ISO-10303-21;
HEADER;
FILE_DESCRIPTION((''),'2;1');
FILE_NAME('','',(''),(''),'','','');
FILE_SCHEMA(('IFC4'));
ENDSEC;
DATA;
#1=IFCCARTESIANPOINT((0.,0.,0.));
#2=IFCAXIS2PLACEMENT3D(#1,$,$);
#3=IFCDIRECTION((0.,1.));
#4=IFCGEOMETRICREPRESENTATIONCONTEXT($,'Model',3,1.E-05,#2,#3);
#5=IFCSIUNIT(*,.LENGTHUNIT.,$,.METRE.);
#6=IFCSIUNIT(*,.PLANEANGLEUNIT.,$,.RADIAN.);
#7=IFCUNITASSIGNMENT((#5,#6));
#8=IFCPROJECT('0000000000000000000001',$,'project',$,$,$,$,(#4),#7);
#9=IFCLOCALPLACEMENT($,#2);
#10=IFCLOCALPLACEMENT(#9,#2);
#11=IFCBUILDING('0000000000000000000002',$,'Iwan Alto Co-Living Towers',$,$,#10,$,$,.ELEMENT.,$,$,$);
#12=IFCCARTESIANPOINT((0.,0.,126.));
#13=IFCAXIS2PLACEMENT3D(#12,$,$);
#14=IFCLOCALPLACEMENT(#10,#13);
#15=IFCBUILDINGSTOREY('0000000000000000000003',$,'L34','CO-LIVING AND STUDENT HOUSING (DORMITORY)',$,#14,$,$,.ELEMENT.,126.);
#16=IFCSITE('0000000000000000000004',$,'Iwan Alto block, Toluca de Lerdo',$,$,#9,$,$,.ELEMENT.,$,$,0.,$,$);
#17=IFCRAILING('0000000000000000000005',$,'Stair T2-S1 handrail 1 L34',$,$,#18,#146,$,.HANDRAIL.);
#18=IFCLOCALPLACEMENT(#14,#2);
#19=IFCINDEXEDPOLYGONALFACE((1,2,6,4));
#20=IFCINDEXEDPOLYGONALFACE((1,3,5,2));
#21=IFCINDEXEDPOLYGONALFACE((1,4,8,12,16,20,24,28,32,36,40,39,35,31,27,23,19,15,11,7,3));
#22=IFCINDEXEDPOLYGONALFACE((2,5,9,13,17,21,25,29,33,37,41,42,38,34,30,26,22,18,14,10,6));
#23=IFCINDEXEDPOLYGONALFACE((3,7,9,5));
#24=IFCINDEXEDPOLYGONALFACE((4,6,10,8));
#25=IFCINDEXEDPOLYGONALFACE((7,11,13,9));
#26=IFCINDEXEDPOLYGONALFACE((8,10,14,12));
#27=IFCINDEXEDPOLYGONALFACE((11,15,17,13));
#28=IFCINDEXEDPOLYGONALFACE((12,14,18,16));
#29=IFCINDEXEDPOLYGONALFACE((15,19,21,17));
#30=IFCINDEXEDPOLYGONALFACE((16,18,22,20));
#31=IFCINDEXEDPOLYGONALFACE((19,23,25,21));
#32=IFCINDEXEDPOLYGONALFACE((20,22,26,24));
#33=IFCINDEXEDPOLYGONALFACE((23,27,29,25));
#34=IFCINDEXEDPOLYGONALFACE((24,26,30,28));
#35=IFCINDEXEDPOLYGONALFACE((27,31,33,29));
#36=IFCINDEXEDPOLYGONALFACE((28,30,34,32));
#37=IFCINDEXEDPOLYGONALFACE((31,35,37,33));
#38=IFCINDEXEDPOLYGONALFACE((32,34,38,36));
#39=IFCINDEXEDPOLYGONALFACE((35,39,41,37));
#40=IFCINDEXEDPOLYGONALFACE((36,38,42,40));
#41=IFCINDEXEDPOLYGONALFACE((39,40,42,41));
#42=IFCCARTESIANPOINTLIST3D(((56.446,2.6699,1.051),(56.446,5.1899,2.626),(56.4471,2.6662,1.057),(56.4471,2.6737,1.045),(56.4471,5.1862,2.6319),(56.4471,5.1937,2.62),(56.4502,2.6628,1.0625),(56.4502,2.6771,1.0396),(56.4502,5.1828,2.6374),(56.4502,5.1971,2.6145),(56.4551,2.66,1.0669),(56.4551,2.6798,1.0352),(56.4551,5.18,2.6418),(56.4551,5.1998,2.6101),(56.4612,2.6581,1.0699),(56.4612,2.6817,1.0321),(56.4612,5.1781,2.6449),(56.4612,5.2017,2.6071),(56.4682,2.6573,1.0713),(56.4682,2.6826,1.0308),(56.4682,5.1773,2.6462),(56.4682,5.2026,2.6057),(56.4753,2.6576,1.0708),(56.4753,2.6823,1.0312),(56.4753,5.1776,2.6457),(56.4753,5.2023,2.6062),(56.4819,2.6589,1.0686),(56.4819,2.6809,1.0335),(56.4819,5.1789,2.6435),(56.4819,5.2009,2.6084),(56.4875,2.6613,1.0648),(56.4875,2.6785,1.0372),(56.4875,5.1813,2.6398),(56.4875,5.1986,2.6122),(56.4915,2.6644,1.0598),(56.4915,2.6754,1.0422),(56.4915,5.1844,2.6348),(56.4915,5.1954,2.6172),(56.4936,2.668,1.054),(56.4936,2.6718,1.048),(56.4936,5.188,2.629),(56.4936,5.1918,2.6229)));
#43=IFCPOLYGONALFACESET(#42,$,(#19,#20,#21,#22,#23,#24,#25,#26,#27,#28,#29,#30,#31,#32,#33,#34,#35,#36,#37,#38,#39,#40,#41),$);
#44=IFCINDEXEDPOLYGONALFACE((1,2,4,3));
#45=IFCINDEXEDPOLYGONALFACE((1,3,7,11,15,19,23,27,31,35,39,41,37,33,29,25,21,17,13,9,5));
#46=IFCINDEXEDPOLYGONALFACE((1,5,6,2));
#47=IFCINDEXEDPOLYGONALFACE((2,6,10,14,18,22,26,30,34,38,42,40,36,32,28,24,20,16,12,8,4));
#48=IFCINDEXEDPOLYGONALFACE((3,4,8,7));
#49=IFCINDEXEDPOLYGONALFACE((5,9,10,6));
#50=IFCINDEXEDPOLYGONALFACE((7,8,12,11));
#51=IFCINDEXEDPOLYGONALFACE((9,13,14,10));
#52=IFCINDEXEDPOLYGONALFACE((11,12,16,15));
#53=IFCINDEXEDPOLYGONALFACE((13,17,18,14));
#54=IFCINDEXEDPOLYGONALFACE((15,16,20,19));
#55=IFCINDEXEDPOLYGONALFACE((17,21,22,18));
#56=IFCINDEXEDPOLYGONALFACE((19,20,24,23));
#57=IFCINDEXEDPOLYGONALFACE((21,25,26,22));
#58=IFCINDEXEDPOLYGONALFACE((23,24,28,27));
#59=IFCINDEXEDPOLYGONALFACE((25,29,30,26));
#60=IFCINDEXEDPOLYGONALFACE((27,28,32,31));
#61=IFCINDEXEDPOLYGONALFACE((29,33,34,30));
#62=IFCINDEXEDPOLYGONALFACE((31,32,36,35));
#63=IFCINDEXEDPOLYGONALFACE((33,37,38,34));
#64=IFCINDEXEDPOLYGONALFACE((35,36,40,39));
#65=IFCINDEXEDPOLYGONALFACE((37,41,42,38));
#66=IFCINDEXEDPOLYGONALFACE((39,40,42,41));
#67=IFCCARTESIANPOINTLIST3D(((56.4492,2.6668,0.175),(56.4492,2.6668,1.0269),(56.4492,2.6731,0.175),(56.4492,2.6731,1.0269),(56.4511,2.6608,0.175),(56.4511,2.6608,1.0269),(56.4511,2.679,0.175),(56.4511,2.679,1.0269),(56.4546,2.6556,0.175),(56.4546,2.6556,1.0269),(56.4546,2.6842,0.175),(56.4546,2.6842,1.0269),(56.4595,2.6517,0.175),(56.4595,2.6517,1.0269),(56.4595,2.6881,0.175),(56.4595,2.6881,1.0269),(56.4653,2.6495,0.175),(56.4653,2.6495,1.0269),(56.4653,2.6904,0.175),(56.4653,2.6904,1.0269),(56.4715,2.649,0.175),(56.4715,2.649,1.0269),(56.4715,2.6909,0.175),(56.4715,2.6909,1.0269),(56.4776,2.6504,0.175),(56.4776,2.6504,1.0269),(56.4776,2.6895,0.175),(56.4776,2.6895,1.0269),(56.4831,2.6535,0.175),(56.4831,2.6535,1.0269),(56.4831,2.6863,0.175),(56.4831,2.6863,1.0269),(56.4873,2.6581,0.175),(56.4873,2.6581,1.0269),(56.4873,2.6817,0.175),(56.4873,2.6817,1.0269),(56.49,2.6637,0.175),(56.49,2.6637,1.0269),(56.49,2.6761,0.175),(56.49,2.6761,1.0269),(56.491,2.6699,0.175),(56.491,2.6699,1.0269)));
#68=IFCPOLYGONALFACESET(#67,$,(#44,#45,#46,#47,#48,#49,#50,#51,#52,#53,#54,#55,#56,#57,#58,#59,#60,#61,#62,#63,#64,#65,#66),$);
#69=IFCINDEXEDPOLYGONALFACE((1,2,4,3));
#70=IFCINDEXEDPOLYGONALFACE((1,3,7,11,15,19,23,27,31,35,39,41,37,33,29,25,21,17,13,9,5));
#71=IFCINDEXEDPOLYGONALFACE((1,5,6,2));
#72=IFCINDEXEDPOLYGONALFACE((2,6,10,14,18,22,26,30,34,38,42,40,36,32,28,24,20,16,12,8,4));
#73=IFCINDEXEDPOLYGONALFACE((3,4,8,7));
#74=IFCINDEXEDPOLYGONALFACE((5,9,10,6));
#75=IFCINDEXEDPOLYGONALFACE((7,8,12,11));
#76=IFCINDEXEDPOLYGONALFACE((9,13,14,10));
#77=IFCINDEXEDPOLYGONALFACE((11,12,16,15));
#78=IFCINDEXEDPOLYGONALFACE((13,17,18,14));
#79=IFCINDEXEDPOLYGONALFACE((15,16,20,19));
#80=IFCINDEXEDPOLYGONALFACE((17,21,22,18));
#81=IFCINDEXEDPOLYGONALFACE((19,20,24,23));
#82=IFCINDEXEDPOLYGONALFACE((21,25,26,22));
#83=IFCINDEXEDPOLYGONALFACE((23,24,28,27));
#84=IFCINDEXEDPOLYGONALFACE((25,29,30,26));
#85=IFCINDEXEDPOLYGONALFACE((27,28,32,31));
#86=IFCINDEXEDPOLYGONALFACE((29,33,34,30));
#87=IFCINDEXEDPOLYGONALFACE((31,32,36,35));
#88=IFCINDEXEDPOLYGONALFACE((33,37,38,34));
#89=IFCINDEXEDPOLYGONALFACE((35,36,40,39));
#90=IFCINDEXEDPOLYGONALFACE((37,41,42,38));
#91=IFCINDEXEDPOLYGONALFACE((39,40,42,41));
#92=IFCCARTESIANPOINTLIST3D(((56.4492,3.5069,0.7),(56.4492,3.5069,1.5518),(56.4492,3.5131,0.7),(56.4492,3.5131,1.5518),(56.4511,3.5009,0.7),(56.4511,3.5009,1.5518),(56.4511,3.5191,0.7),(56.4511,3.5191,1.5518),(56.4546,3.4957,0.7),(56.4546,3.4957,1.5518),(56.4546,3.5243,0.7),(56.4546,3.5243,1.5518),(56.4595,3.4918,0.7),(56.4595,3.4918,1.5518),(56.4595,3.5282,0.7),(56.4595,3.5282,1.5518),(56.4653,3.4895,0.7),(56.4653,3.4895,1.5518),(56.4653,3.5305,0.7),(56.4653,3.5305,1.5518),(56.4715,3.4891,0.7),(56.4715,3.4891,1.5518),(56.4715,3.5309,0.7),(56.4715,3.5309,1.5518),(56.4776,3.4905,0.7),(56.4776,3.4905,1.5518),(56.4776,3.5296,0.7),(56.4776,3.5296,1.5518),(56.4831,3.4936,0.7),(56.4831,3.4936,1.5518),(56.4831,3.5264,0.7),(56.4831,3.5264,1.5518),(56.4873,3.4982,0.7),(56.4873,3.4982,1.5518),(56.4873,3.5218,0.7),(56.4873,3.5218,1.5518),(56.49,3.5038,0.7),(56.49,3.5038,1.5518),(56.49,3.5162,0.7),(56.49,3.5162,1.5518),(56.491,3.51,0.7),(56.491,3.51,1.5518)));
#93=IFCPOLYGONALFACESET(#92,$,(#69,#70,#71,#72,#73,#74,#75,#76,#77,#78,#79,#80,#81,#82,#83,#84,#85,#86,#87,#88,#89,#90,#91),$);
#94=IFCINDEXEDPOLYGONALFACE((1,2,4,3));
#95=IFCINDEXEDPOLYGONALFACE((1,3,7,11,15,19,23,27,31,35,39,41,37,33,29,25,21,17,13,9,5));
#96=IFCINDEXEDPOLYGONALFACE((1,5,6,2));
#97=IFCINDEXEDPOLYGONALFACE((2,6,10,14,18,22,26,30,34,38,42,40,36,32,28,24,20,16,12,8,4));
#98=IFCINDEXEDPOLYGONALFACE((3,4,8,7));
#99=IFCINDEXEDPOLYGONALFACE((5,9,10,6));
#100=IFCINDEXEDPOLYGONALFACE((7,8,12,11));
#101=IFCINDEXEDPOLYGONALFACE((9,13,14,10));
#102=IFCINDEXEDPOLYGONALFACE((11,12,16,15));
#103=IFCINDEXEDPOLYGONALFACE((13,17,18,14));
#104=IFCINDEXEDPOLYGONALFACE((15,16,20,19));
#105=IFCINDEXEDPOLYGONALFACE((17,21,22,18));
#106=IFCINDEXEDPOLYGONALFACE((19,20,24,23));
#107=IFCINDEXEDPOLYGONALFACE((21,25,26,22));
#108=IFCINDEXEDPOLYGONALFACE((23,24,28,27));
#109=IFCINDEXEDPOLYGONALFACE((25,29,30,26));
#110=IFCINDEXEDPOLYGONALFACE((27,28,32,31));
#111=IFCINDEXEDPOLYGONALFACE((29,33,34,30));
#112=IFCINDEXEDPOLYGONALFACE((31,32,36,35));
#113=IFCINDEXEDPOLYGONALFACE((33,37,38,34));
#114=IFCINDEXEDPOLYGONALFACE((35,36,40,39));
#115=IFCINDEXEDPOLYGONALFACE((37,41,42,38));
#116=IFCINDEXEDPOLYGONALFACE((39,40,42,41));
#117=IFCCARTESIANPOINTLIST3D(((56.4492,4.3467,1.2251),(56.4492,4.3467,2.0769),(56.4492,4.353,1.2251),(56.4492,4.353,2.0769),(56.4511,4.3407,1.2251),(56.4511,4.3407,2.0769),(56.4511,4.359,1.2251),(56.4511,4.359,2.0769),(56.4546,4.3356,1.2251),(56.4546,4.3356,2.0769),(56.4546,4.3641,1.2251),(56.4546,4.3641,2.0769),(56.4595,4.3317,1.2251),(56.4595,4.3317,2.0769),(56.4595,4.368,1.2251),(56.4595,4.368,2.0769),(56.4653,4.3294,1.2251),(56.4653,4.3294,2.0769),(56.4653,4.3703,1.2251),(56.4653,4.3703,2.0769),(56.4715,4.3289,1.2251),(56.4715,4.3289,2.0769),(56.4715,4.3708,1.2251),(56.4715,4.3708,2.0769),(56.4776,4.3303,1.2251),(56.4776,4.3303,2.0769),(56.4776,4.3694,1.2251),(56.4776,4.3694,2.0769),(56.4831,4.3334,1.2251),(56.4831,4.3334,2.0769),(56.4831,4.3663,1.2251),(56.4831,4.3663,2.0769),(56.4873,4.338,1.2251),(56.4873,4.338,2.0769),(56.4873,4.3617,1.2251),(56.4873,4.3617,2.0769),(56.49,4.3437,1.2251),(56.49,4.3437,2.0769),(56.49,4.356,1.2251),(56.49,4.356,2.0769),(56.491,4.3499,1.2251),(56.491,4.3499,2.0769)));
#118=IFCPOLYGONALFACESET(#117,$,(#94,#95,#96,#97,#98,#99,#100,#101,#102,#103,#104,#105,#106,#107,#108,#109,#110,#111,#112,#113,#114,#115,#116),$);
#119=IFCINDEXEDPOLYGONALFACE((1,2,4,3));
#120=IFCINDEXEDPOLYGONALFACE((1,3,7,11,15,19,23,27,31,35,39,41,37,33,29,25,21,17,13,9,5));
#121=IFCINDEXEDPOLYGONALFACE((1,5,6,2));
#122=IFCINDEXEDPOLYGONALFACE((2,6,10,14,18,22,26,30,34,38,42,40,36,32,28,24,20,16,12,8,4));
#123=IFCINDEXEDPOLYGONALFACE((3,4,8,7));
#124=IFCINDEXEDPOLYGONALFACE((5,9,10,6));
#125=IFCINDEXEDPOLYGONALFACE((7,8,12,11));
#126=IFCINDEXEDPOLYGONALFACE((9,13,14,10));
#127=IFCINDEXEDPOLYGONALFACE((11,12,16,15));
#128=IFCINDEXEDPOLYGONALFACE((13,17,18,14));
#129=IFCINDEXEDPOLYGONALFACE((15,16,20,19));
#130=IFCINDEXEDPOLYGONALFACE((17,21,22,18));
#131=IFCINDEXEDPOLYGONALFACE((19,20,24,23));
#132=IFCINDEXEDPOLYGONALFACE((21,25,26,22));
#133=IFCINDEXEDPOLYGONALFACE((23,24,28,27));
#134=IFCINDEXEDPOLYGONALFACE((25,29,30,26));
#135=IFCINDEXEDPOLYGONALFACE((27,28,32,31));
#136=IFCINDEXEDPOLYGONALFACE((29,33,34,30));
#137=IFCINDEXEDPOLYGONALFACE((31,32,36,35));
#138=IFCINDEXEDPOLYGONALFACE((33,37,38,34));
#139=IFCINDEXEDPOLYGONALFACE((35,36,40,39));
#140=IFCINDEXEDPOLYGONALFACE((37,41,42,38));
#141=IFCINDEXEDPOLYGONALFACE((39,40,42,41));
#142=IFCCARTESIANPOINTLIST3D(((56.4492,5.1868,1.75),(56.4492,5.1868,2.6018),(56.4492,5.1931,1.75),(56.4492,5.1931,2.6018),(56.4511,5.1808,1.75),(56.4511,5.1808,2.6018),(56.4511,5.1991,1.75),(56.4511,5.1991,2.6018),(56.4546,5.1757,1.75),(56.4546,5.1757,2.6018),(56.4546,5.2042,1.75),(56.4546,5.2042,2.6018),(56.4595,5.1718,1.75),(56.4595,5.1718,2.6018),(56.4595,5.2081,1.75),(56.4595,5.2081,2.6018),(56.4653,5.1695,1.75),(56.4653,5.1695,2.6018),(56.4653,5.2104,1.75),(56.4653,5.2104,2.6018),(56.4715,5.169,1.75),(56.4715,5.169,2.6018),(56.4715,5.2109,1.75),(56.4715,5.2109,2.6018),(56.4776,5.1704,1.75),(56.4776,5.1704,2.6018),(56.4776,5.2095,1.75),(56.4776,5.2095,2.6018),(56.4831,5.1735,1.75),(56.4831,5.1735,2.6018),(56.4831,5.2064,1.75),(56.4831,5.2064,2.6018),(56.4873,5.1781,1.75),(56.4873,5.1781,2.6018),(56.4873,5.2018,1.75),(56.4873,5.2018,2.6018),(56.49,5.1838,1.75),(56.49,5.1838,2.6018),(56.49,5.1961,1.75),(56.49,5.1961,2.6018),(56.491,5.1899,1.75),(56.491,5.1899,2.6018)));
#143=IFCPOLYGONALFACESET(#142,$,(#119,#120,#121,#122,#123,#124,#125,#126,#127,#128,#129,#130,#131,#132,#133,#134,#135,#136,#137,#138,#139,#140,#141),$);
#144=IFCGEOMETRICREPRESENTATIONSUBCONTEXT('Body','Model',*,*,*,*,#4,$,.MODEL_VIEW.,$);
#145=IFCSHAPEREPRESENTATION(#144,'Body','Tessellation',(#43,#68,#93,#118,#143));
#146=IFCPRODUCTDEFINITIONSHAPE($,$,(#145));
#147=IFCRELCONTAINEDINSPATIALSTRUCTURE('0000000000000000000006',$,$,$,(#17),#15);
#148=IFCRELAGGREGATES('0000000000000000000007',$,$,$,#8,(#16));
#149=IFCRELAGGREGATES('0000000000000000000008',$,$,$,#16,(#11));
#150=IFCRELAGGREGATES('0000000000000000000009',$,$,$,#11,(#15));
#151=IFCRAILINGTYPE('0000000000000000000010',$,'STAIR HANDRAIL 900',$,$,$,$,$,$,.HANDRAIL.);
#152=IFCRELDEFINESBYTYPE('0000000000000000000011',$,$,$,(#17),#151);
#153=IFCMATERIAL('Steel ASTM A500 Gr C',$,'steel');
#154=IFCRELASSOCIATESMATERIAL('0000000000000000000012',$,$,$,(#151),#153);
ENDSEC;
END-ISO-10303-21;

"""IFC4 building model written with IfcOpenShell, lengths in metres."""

from ifc_helpers import new_model, si_unit, direction, frame, origin, origin_2d, place, context, subcontext, project, spatial, circle, extrude, material, type_object, element, save


model = new_model("IFC4")

# Units and contexts
model_context = context("Model", 3, precision=1e-05, world=origin(), true_north=direction((0.0, 1.0)))
body_context = subcontext(model_context, "Body", "Model", "MODEL_VIEW")
ifc_project = project(units=[si_unit("LENGTHUNIT", "METRE"), si_unit("PLANEANGLEUNIT", "RADIAN")], contexts=[model_context])

# Site, building, storey
site_placement = place(None, origin())
site = spatial("IfcSite", under=ifc_project, at=site_placement, Name="Iwan Alto block, Toluca de Lerdo", CompositionType="ELEMENT", RefElevation=0.0)
building_placement = place(site_placement, origin())
building = spatial("IfcBuilding", under=site, at=building_placement, Name="Iwan Alto Co-Living Towers", CompositionType="ELEMENT")
storey_placement = place(building_placement, frame((0.0, 0.0, 126.0)))
storey = spatial("IfcBuildingStorey", under=building, at=storey_placement, Name="L34", Description="CO-LIVING AND STUDENT HOUSING (DORMITORY)", CompositionType="ELEMENT", Elevation=126.0)

# Railing
ifc_material_1 = material(Name="Steel ASTM A500 Gr C", Category="steel")
railing_type_1 = type_object("IfcRailingType", Name="STAIR HANDRAIL 900", PredefinedType="HANDRAIL", material=ifc_material_1)
railing_1_placement = place(storey_placement, frame((56.47, 2.6699, 0.175)))
element("IfcRailing", 1, at=railing_1_placement, inside=storey, type_object=railing_type_1, Name="Stair T2-S1 handrail 1 L34", PredefinedType="HANDRAIL", context=body_context, shape_type="SweptSolid", body=[
    extrude(circle(Radius=0.0239, at=origin_2d()), frame((0.0, 0.0, 0.876), z_axis=(0.0, 0.848008, 0.529984), x_axis=(-1.0, 0.0, 0.0)), (0.0, 0.0, 1.0), 2.9717),
    extrude(circle(Radius=0.021, at=origin_2d()), origin(), (0.0, 0.0, 1.0), 0.8518),
    extrude(circle(Radius=0.021, at=origin_2d()), frame((0.0, 0.8401, 0.5249)), (0.0, 0.0, 1.0), 0.8518),
    extrude(circle(Radius=0.021, at=origin_2d()), frame((0.0, 1.6799, 1.05)), (0.0, 0.0, 1.0), 0.8518),
    extrude(circle(Radius=0.021, at=origin_2d()), frame((0.0, 2.52, 1.575)), (0.0, 0.0, 1.0), 0.8518),
])

save(model, "model.ifc")
